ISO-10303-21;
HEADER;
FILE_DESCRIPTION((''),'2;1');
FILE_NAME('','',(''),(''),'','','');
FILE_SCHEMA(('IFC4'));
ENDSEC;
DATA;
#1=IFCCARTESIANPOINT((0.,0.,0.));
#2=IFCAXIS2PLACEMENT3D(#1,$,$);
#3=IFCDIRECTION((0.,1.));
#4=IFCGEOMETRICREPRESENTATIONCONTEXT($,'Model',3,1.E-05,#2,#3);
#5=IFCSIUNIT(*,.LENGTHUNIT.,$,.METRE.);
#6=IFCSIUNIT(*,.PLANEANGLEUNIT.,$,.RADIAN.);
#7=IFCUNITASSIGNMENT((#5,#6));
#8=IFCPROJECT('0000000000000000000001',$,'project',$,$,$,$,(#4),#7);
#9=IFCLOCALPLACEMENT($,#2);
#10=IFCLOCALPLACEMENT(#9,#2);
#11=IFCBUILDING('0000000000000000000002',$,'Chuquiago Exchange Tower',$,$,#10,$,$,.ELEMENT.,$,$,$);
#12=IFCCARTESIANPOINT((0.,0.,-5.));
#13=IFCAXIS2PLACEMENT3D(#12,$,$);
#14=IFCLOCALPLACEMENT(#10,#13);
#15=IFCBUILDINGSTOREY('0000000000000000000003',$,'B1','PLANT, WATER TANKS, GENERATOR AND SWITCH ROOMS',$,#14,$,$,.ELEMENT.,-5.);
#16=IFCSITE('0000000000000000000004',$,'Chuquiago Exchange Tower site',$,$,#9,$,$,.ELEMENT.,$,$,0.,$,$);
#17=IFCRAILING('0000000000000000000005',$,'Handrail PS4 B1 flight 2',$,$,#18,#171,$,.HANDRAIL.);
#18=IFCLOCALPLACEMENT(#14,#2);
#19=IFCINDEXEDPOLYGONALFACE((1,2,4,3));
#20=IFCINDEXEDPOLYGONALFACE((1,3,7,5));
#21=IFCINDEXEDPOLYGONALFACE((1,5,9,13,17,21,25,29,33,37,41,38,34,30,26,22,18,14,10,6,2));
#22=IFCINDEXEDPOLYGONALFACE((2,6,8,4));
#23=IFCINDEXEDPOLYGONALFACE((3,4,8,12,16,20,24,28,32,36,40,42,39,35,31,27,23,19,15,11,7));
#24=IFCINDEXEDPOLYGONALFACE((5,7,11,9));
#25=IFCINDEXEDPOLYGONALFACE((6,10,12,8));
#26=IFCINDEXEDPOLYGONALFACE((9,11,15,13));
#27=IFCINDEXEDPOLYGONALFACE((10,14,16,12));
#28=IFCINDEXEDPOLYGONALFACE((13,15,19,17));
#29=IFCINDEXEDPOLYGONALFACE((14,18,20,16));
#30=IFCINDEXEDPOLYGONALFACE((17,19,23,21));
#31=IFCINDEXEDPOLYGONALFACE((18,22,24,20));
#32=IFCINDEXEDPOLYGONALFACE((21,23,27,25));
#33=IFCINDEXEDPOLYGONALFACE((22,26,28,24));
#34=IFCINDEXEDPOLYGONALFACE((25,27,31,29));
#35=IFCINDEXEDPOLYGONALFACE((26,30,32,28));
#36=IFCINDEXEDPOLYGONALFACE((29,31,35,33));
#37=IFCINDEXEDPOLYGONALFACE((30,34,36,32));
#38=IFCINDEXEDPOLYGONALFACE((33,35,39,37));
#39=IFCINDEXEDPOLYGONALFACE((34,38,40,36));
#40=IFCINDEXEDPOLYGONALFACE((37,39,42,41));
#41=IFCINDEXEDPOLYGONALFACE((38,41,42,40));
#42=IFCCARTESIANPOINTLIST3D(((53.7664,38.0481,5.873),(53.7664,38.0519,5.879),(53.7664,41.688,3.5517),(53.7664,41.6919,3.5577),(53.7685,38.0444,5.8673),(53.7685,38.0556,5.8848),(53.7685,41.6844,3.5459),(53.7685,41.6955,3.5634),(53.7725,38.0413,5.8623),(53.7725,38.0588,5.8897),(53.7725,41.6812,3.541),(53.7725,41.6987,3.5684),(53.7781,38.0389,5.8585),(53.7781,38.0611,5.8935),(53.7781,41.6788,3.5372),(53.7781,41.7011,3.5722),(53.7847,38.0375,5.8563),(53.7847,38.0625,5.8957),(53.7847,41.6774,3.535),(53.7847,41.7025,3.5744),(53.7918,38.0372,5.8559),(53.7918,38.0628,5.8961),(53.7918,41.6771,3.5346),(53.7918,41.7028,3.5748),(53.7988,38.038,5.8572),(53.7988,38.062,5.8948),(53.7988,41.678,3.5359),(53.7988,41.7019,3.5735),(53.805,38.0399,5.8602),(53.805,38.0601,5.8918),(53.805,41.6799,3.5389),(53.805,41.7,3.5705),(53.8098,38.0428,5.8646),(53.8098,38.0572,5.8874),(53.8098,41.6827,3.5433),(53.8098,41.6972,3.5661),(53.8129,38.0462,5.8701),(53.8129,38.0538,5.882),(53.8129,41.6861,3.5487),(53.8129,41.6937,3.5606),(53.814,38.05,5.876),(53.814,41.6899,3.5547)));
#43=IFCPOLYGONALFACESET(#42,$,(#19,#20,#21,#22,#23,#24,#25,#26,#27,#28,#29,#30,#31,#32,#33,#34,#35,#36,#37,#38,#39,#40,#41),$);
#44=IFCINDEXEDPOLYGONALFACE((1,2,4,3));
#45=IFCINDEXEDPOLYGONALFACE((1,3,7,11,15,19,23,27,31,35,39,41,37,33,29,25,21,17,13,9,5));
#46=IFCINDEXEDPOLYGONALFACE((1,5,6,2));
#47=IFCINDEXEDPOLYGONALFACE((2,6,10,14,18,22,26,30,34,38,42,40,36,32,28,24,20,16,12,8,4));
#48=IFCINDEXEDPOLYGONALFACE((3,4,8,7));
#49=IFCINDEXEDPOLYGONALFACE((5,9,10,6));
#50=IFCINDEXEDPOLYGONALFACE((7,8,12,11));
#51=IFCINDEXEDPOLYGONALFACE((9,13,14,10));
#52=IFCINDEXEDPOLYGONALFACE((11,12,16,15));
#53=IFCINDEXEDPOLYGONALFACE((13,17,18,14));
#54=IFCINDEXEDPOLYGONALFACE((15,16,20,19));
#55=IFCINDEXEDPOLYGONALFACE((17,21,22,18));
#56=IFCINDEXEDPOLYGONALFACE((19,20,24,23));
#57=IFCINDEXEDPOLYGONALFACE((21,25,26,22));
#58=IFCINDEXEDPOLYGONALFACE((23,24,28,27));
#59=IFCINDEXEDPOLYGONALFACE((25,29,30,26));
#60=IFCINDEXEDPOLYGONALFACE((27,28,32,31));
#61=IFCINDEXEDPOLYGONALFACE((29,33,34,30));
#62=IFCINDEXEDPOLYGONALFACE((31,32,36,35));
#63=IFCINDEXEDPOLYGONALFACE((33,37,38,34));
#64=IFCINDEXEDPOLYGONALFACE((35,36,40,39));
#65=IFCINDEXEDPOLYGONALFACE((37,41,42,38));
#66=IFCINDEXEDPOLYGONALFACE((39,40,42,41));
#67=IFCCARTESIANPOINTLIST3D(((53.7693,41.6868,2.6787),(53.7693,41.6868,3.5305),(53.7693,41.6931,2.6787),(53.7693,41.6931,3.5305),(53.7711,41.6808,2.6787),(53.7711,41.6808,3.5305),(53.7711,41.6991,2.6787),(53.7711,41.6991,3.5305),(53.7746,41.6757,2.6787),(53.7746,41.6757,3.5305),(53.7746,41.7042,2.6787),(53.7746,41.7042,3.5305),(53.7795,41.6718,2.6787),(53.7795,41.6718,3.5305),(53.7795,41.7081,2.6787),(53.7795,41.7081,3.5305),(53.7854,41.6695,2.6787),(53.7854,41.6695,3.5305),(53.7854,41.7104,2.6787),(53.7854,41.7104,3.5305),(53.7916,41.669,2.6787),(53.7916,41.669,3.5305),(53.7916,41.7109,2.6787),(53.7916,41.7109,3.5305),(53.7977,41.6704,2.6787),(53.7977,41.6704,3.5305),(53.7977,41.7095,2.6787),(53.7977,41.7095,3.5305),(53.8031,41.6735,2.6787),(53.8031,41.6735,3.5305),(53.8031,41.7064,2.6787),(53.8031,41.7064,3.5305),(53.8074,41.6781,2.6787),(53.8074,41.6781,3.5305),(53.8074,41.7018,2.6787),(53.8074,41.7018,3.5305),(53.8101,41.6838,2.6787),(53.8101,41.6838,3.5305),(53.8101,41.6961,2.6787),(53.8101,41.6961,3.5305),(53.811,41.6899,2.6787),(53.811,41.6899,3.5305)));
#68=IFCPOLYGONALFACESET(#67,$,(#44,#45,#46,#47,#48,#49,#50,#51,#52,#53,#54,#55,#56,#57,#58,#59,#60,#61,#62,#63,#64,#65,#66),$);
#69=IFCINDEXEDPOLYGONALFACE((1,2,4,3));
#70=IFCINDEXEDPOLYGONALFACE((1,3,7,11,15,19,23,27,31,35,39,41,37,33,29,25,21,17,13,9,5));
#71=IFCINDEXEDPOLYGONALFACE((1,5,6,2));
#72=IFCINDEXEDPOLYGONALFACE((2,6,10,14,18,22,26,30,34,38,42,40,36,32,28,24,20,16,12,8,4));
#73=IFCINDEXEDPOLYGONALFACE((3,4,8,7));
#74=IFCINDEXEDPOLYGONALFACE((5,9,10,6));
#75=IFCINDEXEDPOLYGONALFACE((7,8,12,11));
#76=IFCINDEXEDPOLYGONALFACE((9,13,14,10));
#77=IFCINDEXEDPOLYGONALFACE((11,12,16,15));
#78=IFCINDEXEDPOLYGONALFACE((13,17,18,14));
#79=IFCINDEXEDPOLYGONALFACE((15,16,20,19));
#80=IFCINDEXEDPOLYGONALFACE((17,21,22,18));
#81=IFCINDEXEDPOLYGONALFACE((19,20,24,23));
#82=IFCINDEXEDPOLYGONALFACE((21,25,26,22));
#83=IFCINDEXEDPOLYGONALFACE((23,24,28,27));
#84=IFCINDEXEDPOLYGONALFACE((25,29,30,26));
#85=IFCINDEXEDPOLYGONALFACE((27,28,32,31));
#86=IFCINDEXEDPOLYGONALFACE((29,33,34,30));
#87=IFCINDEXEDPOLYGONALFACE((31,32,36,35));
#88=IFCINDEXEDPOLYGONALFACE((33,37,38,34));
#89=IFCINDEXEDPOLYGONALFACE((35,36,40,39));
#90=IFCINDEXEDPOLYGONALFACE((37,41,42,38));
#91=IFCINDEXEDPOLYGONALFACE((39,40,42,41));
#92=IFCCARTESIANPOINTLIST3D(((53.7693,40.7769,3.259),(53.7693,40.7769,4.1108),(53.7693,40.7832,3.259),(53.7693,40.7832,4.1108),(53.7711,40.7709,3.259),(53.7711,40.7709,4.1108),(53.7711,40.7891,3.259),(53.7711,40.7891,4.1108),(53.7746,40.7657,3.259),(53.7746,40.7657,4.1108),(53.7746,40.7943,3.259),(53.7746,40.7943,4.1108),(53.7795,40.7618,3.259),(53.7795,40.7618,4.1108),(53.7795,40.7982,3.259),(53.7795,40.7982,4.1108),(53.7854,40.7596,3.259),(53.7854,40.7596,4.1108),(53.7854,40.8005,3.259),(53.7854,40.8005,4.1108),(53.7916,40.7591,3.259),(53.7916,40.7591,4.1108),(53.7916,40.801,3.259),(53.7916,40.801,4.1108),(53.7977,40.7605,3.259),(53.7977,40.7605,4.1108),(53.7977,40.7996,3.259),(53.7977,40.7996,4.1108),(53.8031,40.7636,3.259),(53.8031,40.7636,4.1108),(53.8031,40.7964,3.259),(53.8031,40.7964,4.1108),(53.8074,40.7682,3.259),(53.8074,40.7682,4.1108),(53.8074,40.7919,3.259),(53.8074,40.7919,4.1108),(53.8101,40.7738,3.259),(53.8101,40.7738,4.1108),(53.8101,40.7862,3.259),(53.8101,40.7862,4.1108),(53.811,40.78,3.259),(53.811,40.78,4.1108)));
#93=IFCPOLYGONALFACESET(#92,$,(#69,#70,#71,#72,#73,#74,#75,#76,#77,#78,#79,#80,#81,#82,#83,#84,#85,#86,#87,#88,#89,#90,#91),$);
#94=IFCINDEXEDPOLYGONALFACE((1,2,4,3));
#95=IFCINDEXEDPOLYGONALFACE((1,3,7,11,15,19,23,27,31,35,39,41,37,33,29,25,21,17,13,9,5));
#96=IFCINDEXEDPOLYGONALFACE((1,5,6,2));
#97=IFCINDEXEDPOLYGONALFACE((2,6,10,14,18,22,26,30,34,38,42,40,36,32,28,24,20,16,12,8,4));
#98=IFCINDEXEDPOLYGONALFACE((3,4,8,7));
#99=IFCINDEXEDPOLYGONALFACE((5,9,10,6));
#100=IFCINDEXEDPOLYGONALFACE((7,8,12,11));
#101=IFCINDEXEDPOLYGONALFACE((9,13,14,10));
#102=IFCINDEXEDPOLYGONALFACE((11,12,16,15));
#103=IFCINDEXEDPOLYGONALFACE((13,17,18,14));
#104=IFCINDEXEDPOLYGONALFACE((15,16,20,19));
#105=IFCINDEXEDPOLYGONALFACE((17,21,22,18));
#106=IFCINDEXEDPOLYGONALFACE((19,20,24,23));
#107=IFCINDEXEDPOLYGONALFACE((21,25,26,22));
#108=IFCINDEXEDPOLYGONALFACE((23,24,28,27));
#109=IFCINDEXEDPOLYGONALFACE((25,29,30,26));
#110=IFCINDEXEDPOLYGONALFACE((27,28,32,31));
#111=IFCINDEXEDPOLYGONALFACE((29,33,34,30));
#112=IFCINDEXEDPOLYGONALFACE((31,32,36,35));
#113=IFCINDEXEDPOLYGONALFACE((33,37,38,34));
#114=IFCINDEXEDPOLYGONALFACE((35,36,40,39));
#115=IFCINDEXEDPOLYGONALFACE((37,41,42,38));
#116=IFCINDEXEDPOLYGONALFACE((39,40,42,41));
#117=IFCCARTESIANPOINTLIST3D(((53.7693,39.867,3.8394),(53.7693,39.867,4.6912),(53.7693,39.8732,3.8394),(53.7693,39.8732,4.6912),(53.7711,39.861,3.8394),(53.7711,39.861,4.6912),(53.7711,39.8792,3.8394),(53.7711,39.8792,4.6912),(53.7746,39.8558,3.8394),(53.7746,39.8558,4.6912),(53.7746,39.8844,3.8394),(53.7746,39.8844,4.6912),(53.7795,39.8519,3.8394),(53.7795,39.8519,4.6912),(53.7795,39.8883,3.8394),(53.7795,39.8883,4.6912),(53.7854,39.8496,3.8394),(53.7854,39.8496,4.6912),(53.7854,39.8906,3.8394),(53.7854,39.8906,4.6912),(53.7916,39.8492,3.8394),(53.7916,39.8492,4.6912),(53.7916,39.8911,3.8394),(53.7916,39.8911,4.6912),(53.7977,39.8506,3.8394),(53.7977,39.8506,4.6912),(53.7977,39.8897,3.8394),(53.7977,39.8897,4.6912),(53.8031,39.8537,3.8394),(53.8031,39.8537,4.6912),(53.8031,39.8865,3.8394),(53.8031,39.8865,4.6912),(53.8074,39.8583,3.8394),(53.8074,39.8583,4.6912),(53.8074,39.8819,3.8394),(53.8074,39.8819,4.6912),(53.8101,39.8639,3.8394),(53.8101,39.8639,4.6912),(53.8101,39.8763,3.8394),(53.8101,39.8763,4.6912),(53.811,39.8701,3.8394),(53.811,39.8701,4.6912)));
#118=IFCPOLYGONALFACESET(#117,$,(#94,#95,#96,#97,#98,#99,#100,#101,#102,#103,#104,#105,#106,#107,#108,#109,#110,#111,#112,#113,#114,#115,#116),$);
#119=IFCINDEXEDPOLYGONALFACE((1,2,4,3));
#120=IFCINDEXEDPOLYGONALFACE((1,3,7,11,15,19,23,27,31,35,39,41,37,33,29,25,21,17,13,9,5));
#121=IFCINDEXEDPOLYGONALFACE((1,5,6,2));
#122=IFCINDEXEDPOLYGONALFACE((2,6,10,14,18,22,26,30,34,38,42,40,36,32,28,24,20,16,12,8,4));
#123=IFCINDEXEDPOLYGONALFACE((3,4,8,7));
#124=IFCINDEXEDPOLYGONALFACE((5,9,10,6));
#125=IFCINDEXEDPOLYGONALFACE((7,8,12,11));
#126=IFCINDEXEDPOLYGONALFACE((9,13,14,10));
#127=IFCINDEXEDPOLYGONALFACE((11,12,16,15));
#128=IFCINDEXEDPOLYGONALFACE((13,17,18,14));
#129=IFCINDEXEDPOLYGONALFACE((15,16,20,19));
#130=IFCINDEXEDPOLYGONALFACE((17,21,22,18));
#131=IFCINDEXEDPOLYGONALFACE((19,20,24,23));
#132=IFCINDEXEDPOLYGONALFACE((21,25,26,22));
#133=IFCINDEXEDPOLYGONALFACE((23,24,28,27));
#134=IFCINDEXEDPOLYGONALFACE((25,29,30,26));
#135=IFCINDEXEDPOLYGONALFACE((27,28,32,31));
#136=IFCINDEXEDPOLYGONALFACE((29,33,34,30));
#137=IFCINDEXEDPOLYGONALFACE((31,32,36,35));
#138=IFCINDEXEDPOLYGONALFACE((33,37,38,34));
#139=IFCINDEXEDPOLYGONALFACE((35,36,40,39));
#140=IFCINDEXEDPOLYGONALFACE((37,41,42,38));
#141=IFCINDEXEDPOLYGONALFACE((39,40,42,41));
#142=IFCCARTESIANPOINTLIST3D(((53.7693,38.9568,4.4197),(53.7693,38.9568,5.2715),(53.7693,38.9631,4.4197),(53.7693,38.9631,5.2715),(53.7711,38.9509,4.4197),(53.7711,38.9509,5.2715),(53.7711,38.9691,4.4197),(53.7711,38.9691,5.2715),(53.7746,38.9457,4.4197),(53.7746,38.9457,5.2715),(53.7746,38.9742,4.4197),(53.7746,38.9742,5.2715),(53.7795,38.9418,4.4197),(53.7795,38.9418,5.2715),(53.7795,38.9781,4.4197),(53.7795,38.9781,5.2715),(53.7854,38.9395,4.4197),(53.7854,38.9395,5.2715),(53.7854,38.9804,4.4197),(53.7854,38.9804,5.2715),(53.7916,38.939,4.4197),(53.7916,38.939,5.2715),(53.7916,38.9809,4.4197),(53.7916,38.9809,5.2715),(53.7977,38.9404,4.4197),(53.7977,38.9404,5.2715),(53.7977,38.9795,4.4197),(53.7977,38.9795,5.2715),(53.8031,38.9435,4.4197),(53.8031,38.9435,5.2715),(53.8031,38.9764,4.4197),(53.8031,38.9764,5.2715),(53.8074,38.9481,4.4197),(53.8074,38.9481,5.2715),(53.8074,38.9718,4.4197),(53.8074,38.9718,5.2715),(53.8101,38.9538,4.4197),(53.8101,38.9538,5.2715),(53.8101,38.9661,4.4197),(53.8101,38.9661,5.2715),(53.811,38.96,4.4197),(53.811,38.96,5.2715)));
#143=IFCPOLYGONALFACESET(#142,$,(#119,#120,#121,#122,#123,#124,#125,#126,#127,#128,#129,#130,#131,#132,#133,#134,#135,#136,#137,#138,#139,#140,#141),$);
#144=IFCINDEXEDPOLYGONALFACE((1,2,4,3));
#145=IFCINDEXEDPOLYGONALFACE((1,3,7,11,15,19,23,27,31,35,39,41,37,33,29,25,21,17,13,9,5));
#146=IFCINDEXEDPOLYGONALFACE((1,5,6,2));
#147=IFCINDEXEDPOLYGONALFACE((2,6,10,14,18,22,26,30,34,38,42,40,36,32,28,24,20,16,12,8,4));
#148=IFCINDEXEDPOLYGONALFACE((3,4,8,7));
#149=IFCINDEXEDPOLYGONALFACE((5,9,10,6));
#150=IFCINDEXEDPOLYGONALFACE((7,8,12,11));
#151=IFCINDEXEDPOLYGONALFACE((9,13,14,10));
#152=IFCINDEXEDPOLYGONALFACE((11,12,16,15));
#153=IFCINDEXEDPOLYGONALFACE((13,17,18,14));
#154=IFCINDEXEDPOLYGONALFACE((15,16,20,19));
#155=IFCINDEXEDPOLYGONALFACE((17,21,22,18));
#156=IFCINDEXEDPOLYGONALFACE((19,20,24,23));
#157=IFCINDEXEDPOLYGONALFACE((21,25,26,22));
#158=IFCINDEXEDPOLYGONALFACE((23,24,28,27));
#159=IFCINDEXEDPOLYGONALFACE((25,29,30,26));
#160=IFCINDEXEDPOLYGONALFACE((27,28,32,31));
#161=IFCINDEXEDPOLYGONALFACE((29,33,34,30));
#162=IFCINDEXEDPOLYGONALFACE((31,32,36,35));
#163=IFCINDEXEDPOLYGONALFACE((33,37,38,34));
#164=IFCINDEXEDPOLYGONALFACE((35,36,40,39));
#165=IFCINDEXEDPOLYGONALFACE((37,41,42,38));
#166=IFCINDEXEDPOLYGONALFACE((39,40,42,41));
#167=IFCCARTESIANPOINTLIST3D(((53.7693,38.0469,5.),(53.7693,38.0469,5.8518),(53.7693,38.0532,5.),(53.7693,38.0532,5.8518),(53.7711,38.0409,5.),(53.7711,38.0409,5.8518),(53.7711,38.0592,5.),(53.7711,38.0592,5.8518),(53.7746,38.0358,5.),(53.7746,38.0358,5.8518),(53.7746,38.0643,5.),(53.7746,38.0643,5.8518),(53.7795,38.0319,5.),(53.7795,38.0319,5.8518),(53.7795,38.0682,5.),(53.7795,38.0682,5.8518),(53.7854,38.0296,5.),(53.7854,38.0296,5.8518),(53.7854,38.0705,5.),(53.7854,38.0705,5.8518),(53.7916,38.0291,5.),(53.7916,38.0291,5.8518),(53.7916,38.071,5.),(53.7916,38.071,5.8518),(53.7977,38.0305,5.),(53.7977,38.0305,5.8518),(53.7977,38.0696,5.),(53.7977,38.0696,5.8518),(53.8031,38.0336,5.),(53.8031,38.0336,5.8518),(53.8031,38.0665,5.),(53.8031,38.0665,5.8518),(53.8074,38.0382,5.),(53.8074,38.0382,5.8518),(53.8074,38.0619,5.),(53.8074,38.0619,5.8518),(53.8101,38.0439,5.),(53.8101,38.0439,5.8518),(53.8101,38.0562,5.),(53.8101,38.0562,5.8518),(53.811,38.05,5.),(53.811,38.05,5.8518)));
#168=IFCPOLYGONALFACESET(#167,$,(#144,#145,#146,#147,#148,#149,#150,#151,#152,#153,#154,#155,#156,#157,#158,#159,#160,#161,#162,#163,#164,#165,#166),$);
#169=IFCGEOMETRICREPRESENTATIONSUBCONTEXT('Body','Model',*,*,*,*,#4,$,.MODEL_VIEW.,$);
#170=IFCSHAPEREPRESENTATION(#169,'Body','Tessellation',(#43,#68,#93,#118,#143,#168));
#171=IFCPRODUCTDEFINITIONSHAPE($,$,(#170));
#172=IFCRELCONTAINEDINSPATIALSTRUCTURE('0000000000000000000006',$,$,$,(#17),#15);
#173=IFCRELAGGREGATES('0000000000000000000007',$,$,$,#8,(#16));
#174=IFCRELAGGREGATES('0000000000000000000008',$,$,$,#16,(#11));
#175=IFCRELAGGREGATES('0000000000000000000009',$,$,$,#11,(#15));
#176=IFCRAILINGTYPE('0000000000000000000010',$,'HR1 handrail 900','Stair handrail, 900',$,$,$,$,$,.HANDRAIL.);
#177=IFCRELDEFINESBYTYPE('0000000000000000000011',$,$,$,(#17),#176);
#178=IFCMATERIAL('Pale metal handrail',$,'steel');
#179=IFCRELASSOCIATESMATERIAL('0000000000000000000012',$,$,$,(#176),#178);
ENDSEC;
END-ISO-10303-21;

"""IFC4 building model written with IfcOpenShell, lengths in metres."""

from ifc_helpers import new_model, si_unit, direction, frame, origin, origin_2d, place, context, subcontext, project, spatial, circle, extrude, material, type_object, element, save


model = new_model("IFC4")

# Units and contexts
model_context = context("Model", 3, precision=1e-05, world=origin(), true_north=direction((0.0, 1.0)))
body_context = subcontext(model_context, "Body", "Model", "MODEL_VIEW")
ifc_project = project(units=[si_unit("LENGTHUNIT", "METRE"), si_unit("PLANEANGLEUNIT", "RADIAN")], contexts=[model_context])

# Site, building, storey
site_placement = place(None, origin())
site = spatial("IfcSite", under=ifc_project, at=site_placement, Name="Chuquiago Exchange Tower site", CompositionType="ELEMENT", RefElevation=0.0)
building_placement = place(site_placement, origin())
building = spatial("IfcBuilding", under=site, at=building_placement, Name="Chuquiago Exchange Tower", CompositionType="ELEMENT")
storey_placement = place(building_placement, frame((0.0, 0.0, -5.0)))
storey = spatial("IfcBuildingStorey", under=building, at=storey_placement, Name="B1", Description="PLANT, WATER TANKS, GENERATOR AND SWITCH ROOMS", CompositionType="ELEMENT", Elevation=-5.0)

# Railing
ifc_material_1 = material(Name="Pale metal handrail", Category="steel")
railing_type = type_object("IfcRailingType", Name="HR1 handrail 900", Description="Stair handrail, 900", PredefinedType="HANDRAIL", material=ifc_material_1)
for number, where, name in (
    (1, (53.79, 41.6899, 2.6787), "Handrail PS4 B1 flight 2"),
):
    element("IfcRailing", number, at=place(storey_placement, frame(where)), inside=storey, type_object=railing_type, Name=name, PredefinedType="HANDRAIL", context=body_context, shape_type="SweptSolid", body=[
        extrude(circle(Radius=0.0239, at=origin_2d()), frame((0.0, 0.0, 0.876), z_axis=(0.0, -0.843137, 0.537699), x_axis=(1.0, 0.0, 0.0)), (0.0, 0.0, 1.0), 4.3171),
        extrude(circle(Radius=0.021, at=origin_2d()), origin(), (0.0, 0.0, 1.0), 0.8518),
        extrude(circle(Radius=0.021, at=origin_2d()), frame((0.0, -0.9099, 0.5803)), (0.0, 0.0, 1.0), 0.8518),
        extrude(circle(Radius=0.021, at=origin_2d()), frame((0.0, -1.8198, 1.1606)), (0.0, 0.0, 1.0), 0.8518),
        extrude(circle(Radius=0.021, at=origin_2d()), frame((0.0, -2.73, 1.741)), (0.0, 0.0, 1.0), 0.8518),
        extrude(circle(Radius=0.021, at=origin_2d()), frame((0.0, -3.6399, 2.3213)), (0.0, 0.0, 1.0), 0.8518),
    ])

save(model, "model.ifc")
